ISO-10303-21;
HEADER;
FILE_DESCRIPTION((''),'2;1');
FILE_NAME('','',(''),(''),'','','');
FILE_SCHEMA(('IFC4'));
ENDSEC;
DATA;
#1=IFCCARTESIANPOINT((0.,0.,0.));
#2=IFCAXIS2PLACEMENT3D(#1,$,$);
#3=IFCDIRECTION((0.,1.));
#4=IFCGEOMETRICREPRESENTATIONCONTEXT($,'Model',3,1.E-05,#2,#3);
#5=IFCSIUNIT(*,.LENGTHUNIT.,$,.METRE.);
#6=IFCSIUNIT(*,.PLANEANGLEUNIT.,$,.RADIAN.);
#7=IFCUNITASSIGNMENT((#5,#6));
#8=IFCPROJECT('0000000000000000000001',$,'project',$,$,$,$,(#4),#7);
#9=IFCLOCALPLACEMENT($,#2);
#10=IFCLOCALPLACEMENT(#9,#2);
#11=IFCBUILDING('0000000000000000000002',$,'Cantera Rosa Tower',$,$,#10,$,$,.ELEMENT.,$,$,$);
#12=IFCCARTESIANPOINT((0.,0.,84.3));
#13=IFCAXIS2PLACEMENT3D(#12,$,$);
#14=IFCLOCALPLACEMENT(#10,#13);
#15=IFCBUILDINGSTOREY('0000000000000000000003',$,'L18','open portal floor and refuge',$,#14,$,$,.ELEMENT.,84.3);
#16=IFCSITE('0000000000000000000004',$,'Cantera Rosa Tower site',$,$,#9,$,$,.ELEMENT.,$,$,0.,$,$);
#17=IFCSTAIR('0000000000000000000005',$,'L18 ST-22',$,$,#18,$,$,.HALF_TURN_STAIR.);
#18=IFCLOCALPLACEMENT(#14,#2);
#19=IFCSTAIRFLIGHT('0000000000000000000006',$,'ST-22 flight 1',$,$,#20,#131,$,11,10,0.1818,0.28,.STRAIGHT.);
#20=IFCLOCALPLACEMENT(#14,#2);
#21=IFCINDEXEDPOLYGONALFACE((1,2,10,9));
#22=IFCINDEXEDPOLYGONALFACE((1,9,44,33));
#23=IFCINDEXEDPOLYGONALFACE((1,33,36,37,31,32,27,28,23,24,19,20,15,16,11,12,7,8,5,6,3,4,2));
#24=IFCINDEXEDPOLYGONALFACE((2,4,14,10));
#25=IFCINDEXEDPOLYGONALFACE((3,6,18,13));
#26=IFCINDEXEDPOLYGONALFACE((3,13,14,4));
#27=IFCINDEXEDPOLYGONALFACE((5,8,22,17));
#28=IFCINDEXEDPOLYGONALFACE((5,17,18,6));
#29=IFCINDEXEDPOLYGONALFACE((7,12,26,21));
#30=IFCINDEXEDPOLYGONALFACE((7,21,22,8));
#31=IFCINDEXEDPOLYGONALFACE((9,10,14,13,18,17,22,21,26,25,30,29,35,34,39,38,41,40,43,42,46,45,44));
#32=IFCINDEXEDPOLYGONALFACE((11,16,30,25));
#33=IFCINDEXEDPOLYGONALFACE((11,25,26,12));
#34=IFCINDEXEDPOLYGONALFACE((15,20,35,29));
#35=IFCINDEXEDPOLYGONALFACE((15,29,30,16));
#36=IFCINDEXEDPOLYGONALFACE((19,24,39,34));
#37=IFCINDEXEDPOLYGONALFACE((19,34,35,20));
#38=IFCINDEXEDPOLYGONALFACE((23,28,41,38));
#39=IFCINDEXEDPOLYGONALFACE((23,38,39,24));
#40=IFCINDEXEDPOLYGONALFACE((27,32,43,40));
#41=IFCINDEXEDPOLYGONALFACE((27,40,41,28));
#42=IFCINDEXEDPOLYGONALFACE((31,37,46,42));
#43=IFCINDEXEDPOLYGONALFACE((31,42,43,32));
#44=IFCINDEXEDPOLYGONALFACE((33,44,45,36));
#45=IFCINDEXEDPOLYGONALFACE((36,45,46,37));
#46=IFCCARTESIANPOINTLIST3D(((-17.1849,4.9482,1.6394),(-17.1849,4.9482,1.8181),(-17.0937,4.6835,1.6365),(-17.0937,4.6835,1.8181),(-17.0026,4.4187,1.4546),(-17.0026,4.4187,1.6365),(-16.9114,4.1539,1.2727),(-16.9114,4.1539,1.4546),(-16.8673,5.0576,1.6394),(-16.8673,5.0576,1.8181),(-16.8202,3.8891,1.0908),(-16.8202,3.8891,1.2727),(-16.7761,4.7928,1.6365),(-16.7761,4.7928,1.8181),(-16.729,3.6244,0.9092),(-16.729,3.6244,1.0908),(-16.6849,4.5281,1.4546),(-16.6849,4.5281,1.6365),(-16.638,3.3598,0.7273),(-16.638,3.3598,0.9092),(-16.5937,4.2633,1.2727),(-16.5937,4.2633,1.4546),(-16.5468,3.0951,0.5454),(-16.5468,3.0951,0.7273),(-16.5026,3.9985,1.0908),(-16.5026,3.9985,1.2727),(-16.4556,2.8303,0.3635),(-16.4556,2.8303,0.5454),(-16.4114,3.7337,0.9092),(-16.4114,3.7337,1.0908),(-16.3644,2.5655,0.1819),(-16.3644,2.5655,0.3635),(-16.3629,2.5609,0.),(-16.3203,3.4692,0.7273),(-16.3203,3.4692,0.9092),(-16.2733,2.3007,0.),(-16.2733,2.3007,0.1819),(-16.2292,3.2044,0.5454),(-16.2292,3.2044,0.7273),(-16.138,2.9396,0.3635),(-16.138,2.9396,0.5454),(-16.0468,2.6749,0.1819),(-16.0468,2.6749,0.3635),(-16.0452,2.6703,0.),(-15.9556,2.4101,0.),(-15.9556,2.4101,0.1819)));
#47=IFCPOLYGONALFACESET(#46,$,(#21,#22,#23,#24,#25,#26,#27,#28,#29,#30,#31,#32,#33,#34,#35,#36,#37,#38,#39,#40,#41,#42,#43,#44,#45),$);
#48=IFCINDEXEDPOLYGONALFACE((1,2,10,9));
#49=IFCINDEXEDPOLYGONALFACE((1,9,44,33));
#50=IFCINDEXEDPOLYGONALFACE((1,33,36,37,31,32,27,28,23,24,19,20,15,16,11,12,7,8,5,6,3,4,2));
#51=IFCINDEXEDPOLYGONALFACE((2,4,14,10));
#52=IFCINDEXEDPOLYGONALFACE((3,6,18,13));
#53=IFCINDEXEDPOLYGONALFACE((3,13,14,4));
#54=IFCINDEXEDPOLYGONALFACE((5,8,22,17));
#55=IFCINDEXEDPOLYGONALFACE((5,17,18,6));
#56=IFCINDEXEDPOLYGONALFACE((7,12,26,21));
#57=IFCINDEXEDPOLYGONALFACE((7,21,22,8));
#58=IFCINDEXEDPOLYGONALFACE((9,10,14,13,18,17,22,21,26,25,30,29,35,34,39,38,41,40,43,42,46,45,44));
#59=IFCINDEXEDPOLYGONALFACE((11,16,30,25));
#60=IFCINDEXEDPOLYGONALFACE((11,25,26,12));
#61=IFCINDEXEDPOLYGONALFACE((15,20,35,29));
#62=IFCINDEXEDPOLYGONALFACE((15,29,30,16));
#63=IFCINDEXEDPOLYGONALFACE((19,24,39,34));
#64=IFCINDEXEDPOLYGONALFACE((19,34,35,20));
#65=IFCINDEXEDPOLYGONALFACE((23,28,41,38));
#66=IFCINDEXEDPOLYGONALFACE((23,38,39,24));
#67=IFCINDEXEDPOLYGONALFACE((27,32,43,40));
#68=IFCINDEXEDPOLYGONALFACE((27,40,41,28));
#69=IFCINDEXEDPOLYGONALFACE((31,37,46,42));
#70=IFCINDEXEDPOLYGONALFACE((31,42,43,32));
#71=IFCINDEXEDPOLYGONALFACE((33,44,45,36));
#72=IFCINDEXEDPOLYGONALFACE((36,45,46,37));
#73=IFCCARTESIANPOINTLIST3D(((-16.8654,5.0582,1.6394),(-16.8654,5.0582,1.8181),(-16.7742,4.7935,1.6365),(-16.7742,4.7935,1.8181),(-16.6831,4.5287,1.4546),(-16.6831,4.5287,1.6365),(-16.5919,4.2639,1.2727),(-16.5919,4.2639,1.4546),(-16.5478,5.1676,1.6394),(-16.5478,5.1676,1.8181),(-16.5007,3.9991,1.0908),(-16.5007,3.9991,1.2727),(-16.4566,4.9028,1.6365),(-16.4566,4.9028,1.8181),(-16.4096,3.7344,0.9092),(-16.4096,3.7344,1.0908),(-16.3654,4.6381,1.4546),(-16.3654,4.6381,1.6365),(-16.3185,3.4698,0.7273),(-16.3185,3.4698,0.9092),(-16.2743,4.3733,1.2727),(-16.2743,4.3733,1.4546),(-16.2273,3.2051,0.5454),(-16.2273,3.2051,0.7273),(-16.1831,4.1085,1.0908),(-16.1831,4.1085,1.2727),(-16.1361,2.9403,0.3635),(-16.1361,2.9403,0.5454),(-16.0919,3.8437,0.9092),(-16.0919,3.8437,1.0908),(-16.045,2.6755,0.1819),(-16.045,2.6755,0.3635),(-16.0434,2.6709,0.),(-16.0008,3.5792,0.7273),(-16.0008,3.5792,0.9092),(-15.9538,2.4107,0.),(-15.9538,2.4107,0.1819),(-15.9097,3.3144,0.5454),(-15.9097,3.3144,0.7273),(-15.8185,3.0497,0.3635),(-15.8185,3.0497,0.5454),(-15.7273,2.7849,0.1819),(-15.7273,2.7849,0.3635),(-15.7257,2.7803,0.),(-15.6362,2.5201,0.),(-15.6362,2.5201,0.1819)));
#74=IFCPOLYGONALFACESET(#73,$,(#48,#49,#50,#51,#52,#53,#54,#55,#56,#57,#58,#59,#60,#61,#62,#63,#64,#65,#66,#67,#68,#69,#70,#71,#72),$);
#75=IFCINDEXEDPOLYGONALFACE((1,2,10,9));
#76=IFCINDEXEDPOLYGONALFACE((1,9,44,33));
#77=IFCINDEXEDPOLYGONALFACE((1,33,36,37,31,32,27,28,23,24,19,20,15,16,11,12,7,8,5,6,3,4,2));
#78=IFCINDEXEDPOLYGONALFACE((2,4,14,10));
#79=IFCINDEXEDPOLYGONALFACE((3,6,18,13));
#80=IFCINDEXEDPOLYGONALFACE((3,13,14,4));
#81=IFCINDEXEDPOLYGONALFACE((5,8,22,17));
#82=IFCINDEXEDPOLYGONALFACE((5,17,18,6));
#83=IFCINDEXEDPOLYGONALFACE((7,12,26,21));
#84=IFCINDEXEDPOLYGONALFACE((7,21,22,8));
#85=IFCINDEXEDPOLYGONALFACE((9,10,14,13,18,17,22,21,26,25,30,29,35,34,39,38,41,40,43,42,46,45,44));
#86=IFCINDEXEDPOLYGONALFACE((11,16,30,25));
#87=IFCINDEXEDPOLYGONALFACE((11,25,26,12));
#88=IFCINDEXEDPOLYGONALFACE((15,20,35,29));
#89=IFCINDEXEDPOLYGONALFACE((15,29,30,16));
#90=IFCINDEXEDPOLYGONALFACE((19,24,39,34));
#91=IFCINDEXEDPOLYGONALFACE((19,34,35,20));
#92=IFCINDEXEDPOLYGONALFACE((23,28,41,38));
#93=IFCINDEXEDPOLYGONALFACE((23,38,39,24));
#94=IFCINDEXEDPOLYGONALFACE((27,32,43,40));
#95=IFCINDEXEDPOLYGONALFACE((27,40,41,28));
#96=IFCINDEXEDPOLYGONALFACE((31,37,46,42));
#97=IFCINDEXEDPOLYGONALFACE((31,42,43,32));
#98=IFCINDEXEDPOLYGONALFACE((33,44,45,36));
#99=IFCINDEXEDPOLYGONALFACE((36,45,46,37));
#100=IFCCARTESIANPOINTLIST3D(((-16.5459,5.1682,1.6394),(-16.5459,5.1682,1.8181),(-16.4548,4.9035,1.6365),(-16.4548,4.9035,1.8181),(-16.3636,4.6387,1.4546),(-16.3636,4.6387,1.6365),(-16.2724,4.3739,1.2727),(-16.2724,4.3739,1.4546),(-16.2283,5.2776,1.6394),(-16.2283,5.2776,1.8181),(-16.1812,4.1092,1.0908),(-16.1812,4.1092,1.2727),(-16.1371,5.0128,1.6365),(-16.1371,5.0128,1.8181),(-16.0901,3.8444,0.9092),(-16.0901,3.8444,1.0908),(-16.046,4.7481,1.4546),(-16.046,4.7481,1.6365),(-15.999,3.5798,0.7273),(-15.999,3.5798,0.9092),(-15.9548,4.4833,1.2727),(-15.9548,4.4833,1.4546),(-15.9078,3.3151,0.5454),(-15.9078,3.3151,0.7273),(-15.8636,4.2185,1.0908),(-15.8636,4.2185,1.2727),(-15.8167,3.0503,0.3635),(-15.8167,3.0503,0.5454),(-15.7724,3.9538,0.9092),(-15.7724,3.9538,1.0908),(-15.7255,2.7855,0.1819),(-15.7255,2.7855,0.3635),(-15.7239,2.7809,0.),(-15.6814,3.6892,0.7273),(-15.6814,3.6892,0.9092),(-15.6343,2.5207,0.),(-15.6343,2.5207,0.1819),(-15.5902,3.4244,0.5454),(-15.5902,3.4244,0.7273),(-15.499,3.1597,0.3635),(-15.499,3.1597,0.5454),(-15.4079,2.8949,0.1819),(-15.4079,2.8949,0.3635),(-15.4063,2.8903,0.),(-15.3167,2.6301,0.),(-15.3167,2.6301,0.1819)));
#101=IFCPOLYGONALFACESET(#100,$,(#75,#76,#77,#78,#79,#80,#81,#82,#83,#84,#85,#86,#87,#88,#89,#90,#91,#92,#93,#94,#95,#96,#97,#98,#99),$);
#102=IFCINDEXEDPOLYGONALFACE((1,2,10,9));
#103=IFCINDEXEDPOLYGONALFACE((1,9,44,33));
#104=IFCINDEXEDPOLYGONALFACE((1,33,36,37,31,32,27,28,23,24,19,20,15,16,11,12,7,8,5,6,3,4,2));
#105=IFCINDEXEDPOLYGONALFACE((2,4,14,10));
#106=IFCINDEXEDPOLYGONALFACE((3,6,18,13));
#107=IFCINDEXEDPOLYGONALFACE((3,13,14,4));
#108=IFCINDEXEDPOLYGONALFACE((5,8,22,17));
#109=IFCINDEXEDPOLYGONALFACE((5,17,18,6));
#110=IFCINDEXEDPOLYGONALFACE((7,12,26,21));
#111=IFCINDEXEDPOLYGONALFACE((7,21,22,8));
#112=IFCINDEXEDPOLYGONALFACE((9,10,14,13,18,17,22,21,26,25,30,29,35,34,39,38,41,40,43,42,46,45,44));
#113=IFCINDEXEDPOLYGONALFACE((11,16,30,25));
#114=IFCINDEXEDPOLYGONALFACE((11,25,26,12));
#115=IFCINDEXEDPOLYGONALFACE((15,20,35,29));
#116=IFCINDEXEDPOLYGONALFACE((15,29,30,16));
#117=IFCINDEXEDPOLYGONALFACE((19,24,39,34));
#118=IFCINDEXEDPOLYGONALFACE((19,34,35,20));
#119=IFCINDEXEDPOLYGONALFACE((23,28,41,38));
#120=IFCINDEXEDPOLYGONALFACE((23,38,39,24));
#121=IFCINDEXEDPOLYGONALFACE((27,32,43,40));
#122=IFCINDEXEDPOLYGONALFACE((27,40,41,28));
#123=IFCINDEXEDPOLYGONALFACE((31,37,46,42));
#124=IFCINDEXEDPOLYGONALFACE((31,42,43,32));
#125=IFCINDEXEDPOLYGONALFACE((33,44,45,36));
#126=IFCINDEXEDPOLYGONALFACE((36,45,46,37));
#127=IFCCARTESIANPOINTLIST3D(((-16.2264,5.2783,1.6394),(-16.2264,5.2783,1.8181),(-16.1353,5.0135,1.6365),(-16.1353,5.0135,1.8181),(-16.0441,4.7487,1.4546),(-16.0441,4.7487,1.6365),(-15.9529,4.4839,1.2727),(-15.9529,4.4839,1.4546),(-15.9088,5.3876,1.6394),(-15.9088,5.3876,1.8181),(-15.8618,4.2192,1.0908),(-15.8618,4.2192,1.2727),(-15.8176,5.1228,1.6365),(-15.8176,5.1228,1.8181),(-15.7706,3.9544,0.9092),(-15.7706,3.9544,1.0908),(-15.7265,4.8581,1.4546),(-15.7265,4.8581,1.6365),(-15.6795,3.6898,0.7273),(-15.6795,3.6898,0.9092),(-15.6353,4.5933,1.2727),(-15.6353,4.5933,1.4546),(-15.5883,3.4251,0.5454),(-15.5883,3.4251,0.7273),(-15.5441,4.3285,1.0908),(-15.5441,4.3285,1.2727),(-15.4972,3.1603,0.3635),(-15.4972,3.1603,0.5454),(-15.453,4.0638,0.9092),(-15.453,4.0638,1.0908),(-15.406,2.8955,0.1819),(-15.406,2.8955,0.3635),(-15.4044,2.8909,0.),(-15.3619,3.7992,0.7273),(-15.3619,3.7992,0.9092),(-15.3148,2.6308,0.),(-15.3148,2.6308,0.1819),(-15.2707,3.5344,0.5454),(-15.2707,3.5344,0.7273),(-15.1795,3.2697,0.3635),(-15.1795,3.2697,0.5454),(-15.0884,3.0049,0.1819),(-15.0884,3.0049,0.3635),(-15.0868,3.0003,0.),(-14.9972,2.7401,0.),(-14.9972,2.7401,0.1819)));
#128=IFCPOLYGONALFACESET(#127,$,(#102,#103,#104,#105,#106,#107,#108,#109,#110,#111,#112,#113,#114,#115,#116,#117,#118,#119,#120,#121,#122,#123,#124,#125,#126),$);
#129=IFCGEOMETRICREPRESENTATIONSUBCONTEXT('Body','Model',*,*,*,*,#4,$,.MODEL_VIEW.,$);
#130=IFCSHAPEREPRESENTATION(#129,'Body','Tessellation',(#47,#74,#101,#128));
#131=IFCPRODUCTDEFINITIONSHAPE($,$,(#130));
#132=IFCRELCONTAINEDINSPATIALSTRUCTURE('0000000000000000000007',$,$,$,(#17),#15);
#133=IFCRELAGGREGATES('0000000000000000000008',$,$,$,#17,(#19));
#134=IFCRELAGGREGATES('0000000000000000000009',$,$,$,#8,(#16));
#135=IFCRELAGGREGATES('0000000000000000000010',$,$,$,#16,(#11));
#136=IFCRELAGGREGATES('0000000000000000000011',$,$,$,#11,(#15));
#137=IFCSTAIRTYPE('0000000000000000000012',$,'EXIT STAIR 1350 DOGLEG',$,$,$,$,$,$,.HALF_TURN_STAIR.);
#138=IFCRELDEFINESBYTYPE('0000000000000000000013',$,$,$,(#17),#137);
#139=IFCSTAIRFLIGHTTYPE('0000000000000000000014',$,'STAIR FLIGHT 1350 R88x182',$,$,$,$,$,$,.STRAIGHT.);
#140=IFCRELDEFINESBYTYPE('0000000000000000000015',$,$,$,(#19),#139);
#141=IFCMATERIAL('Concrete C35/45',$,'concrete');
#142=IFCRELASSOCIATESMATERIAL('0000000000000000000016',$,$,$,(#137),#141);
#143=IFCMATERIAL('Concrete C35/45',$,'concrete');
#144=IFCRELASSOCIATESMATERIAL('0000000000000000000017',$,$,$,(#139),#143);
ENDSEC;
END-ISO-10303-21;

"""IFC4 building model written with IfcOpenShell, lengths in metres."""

from ifc_helpers import new_model, si_unit, direction, frame, origin, place, context, subcontext, project, spatial, polyline, outline, extrude, material, type_object, element, aggregate, save


model = new_model("IFC4")

# Units and contexts
model_context = context("Model", 3, precision=1e-05, world=origin(), true_north=direction((0.0, 1.0)))
body_context = subcontext(model_context, "Body", "Model", "MODEL_VIEW")
ifc_project = project(units=[si_unit("LENGTHUNIT", "METRE"), si_unit("PLANEANGLEUNIT", "RADIAN")], contexts=[model_context])

# Site, building, storey
site_placement = place(None, origin())
site = spatial("IfcSite", under=ifc_project, at=site_placement, Name="Cantera Rosa Tower site", CompositionType="ELEMENT", RefElevation=0.0)
building_placement = place(site_placement, origin())
building = spatial("IfcBuilding", under=site, at=building_placement, Name="Cantera Rosa Tower", CompositionType="ELEMENT")
storey_placement = place(building_placement, frame((0.0, 0.0, 84.3)))
storey = spatial("IfcBuildingStorey", under=building, at=storey_placement, Name="L18", Description="open portal floor and refuge", CompositionType="ELEMENT", Elevation=84.3)

# Stair
ifc_material_1 = material(Name="Concrete C35/45", Category="concrete")
stair_type = type_object("IfcStairType", Name="EXIT STAIR 1350 DOGLEG", PredefinedType="HALF_TURN_STAIR", material=ifc_material_1)
stair_placement = place(storey_placement, origin())
stair = element("IfcStair", 1, at=stair_placement, inside=storey, type_object=stair_type, Name="L18 ST-22", PredefinedType="HALF_TURN_STAIR")

# Stair flight
ifc_material_2 = material(Name="Concrete C35/45", Category="concrete")
stair_flight_type = type_object("IfcStairFlightType", Name="STAIR FLIGHT 1350 R88x182", PredefinedType="STRAIGHT", material=ifc_material_2)
stair_flight_1_placement = place(storey_placement, frame((-15.635, 2.5205, 0.0), z_axis=(0.0, 0.0, 1.0), x_axis=(-0.325568, 0.945519, 0.0)))
stair_flight_1 = element("IfcStairFlight", 2, at=stair_flight_1_placement, type_object=stair_flight_type, Name="ST-22 flight 1", NumberOfRisers=11, NumberOfTreads=10, PredefinedType="STRAIGHT", RiserHeight=0.1818, TreadLength=0.28, context=body_context, shape_type="SweptSolid", body=[
    extrude(outline(polyline([(0.0, 0.0), (0.0, 0.1819), (0.28, 0.1819), (0.28, 0.3635), (0.5601, 0.3635), (0.5601, 0.5454), (0.8401, 0.5454), (0.8401, 0.7273), (1.1201, 0.7273), (1.1201, 0.9092), (1.3999, 0.9092), (1.3999, 1.0908), (1.6799, 1.0908), (1.6799, 1.2727), (1.96, 1.2727), (1.96, 1.4546), (2.24, 1.4546), (2.24, 1.6365), (2.52, 1.6365), (2.52, 1.8181), (2.8, 1.8181), (2.8, 2.0), (2.8, 1.6394), (0.2751, 0.0), (0.0, 0.0)])), frame((0.0, 0.675, 0.0), z_axis=(0.0, -1.0, 0.0), x_axis=(1.0, 0.0, 0.0)), (0.0, 0.0, 1.0), 0.3359),
    extrude(outline(polyline([(0.0, 0.0), (0.0, 0.1819), (0.28, 0.1819), (0.28, 0.3635), (0.5601, 0.3635), (0.5601, 0.5454), (0.8401, 0.5454), (0.8401, 0.7273), (1.1201, 0.7273), (1.1201, 0.9092), (1.3999, 0.9092), (1.3999, 1.0908), (1.6799, 1.0908), (1.6799, 1.2727), (1.96, 1.2727), (1.96, 1.4546), (2.24, 1.4546), (2.24, 1.6365), (2.52, 1.6365), (2.52, 1.8181), (2.8, 1.8181), (2.8, 2.0), (2.8, 1.6394), (0.2751, 0.0), (0.0, 0.0)])), frame((0.0, 0.3372, 0.0), z_axis=(0.0, -1.0, 0.0), x_axis=(1.0, 0.0, 0.0)), (0.0, 0.0, 1.0), 0.3359),
    extrude(outline(polyline([(0.0, 0.0), (0.0, 0.1819), (0.28, 0.1819), (0.28, 0.3635), (0.5601, 0.3635), (0.5601, 0.5454), (0.8401, 0.5454), (0.8401, 0.7273), (1.1201, 0.7273), (1.1201, 0.9092), (1.3999, 0.9092), (1.3999, 1.0908), (1.6799, 1.0908), (1.6799, 1.2727), (1.96, 1.2727), (1.96, 1.4546), (2.24, 1.4546), (2.24, 1.6365), (2.52, 1.6365), (2.52, 1.8181), (2.8, 1.8181), (2.8, 2.0), (2.8, 1.6394), (0.2751, 0.0), (0.0, 0.0)])), frame((0.0, -0.0007, 0.0), z_axis=(0.0, -1.0, 0.0), x_axis=(1.0, 0.0, 0.0)), (0.0, 0.0, 1.0), 0.3359),
    extrude(outline(polyline([(0.0, 0.0), (0.0, 0.1819), (0.28, 0.1819), (0.28, 0.3635), (0.5601, 0.3635), (0.5601, 0.5454), (0.8401, 0.5454), (0.8401, 0.7273), (1.1201, 0.7273), (1.1201, 0.9092), (1.3999, 0.9092), (1.3999, 1.0908), (1.6799, 1.0908), (1.6799, 1.2727), (1.96, 1.2727), (1.96, 1.4546), (2.24, 1.4546), (2.24, 1.6365), (2.52, 1.6365), (2.52, 1.8181), (2.8, 1.8181), (2.8, 2.0), (2.8, 1.6394), (0.2751, 0.0), (0.0, 0.0)])), frame((0.0, -0.3386, 0.0), z_axis=(0.0, -1.0, 0.0), x_axis=(1.0, 0.0, 0.0)), (0.0, 0.0, 1.0), 0.3359),
])
aggregate(stair, [stair_flight_1])

save(model, "model.ifc")
